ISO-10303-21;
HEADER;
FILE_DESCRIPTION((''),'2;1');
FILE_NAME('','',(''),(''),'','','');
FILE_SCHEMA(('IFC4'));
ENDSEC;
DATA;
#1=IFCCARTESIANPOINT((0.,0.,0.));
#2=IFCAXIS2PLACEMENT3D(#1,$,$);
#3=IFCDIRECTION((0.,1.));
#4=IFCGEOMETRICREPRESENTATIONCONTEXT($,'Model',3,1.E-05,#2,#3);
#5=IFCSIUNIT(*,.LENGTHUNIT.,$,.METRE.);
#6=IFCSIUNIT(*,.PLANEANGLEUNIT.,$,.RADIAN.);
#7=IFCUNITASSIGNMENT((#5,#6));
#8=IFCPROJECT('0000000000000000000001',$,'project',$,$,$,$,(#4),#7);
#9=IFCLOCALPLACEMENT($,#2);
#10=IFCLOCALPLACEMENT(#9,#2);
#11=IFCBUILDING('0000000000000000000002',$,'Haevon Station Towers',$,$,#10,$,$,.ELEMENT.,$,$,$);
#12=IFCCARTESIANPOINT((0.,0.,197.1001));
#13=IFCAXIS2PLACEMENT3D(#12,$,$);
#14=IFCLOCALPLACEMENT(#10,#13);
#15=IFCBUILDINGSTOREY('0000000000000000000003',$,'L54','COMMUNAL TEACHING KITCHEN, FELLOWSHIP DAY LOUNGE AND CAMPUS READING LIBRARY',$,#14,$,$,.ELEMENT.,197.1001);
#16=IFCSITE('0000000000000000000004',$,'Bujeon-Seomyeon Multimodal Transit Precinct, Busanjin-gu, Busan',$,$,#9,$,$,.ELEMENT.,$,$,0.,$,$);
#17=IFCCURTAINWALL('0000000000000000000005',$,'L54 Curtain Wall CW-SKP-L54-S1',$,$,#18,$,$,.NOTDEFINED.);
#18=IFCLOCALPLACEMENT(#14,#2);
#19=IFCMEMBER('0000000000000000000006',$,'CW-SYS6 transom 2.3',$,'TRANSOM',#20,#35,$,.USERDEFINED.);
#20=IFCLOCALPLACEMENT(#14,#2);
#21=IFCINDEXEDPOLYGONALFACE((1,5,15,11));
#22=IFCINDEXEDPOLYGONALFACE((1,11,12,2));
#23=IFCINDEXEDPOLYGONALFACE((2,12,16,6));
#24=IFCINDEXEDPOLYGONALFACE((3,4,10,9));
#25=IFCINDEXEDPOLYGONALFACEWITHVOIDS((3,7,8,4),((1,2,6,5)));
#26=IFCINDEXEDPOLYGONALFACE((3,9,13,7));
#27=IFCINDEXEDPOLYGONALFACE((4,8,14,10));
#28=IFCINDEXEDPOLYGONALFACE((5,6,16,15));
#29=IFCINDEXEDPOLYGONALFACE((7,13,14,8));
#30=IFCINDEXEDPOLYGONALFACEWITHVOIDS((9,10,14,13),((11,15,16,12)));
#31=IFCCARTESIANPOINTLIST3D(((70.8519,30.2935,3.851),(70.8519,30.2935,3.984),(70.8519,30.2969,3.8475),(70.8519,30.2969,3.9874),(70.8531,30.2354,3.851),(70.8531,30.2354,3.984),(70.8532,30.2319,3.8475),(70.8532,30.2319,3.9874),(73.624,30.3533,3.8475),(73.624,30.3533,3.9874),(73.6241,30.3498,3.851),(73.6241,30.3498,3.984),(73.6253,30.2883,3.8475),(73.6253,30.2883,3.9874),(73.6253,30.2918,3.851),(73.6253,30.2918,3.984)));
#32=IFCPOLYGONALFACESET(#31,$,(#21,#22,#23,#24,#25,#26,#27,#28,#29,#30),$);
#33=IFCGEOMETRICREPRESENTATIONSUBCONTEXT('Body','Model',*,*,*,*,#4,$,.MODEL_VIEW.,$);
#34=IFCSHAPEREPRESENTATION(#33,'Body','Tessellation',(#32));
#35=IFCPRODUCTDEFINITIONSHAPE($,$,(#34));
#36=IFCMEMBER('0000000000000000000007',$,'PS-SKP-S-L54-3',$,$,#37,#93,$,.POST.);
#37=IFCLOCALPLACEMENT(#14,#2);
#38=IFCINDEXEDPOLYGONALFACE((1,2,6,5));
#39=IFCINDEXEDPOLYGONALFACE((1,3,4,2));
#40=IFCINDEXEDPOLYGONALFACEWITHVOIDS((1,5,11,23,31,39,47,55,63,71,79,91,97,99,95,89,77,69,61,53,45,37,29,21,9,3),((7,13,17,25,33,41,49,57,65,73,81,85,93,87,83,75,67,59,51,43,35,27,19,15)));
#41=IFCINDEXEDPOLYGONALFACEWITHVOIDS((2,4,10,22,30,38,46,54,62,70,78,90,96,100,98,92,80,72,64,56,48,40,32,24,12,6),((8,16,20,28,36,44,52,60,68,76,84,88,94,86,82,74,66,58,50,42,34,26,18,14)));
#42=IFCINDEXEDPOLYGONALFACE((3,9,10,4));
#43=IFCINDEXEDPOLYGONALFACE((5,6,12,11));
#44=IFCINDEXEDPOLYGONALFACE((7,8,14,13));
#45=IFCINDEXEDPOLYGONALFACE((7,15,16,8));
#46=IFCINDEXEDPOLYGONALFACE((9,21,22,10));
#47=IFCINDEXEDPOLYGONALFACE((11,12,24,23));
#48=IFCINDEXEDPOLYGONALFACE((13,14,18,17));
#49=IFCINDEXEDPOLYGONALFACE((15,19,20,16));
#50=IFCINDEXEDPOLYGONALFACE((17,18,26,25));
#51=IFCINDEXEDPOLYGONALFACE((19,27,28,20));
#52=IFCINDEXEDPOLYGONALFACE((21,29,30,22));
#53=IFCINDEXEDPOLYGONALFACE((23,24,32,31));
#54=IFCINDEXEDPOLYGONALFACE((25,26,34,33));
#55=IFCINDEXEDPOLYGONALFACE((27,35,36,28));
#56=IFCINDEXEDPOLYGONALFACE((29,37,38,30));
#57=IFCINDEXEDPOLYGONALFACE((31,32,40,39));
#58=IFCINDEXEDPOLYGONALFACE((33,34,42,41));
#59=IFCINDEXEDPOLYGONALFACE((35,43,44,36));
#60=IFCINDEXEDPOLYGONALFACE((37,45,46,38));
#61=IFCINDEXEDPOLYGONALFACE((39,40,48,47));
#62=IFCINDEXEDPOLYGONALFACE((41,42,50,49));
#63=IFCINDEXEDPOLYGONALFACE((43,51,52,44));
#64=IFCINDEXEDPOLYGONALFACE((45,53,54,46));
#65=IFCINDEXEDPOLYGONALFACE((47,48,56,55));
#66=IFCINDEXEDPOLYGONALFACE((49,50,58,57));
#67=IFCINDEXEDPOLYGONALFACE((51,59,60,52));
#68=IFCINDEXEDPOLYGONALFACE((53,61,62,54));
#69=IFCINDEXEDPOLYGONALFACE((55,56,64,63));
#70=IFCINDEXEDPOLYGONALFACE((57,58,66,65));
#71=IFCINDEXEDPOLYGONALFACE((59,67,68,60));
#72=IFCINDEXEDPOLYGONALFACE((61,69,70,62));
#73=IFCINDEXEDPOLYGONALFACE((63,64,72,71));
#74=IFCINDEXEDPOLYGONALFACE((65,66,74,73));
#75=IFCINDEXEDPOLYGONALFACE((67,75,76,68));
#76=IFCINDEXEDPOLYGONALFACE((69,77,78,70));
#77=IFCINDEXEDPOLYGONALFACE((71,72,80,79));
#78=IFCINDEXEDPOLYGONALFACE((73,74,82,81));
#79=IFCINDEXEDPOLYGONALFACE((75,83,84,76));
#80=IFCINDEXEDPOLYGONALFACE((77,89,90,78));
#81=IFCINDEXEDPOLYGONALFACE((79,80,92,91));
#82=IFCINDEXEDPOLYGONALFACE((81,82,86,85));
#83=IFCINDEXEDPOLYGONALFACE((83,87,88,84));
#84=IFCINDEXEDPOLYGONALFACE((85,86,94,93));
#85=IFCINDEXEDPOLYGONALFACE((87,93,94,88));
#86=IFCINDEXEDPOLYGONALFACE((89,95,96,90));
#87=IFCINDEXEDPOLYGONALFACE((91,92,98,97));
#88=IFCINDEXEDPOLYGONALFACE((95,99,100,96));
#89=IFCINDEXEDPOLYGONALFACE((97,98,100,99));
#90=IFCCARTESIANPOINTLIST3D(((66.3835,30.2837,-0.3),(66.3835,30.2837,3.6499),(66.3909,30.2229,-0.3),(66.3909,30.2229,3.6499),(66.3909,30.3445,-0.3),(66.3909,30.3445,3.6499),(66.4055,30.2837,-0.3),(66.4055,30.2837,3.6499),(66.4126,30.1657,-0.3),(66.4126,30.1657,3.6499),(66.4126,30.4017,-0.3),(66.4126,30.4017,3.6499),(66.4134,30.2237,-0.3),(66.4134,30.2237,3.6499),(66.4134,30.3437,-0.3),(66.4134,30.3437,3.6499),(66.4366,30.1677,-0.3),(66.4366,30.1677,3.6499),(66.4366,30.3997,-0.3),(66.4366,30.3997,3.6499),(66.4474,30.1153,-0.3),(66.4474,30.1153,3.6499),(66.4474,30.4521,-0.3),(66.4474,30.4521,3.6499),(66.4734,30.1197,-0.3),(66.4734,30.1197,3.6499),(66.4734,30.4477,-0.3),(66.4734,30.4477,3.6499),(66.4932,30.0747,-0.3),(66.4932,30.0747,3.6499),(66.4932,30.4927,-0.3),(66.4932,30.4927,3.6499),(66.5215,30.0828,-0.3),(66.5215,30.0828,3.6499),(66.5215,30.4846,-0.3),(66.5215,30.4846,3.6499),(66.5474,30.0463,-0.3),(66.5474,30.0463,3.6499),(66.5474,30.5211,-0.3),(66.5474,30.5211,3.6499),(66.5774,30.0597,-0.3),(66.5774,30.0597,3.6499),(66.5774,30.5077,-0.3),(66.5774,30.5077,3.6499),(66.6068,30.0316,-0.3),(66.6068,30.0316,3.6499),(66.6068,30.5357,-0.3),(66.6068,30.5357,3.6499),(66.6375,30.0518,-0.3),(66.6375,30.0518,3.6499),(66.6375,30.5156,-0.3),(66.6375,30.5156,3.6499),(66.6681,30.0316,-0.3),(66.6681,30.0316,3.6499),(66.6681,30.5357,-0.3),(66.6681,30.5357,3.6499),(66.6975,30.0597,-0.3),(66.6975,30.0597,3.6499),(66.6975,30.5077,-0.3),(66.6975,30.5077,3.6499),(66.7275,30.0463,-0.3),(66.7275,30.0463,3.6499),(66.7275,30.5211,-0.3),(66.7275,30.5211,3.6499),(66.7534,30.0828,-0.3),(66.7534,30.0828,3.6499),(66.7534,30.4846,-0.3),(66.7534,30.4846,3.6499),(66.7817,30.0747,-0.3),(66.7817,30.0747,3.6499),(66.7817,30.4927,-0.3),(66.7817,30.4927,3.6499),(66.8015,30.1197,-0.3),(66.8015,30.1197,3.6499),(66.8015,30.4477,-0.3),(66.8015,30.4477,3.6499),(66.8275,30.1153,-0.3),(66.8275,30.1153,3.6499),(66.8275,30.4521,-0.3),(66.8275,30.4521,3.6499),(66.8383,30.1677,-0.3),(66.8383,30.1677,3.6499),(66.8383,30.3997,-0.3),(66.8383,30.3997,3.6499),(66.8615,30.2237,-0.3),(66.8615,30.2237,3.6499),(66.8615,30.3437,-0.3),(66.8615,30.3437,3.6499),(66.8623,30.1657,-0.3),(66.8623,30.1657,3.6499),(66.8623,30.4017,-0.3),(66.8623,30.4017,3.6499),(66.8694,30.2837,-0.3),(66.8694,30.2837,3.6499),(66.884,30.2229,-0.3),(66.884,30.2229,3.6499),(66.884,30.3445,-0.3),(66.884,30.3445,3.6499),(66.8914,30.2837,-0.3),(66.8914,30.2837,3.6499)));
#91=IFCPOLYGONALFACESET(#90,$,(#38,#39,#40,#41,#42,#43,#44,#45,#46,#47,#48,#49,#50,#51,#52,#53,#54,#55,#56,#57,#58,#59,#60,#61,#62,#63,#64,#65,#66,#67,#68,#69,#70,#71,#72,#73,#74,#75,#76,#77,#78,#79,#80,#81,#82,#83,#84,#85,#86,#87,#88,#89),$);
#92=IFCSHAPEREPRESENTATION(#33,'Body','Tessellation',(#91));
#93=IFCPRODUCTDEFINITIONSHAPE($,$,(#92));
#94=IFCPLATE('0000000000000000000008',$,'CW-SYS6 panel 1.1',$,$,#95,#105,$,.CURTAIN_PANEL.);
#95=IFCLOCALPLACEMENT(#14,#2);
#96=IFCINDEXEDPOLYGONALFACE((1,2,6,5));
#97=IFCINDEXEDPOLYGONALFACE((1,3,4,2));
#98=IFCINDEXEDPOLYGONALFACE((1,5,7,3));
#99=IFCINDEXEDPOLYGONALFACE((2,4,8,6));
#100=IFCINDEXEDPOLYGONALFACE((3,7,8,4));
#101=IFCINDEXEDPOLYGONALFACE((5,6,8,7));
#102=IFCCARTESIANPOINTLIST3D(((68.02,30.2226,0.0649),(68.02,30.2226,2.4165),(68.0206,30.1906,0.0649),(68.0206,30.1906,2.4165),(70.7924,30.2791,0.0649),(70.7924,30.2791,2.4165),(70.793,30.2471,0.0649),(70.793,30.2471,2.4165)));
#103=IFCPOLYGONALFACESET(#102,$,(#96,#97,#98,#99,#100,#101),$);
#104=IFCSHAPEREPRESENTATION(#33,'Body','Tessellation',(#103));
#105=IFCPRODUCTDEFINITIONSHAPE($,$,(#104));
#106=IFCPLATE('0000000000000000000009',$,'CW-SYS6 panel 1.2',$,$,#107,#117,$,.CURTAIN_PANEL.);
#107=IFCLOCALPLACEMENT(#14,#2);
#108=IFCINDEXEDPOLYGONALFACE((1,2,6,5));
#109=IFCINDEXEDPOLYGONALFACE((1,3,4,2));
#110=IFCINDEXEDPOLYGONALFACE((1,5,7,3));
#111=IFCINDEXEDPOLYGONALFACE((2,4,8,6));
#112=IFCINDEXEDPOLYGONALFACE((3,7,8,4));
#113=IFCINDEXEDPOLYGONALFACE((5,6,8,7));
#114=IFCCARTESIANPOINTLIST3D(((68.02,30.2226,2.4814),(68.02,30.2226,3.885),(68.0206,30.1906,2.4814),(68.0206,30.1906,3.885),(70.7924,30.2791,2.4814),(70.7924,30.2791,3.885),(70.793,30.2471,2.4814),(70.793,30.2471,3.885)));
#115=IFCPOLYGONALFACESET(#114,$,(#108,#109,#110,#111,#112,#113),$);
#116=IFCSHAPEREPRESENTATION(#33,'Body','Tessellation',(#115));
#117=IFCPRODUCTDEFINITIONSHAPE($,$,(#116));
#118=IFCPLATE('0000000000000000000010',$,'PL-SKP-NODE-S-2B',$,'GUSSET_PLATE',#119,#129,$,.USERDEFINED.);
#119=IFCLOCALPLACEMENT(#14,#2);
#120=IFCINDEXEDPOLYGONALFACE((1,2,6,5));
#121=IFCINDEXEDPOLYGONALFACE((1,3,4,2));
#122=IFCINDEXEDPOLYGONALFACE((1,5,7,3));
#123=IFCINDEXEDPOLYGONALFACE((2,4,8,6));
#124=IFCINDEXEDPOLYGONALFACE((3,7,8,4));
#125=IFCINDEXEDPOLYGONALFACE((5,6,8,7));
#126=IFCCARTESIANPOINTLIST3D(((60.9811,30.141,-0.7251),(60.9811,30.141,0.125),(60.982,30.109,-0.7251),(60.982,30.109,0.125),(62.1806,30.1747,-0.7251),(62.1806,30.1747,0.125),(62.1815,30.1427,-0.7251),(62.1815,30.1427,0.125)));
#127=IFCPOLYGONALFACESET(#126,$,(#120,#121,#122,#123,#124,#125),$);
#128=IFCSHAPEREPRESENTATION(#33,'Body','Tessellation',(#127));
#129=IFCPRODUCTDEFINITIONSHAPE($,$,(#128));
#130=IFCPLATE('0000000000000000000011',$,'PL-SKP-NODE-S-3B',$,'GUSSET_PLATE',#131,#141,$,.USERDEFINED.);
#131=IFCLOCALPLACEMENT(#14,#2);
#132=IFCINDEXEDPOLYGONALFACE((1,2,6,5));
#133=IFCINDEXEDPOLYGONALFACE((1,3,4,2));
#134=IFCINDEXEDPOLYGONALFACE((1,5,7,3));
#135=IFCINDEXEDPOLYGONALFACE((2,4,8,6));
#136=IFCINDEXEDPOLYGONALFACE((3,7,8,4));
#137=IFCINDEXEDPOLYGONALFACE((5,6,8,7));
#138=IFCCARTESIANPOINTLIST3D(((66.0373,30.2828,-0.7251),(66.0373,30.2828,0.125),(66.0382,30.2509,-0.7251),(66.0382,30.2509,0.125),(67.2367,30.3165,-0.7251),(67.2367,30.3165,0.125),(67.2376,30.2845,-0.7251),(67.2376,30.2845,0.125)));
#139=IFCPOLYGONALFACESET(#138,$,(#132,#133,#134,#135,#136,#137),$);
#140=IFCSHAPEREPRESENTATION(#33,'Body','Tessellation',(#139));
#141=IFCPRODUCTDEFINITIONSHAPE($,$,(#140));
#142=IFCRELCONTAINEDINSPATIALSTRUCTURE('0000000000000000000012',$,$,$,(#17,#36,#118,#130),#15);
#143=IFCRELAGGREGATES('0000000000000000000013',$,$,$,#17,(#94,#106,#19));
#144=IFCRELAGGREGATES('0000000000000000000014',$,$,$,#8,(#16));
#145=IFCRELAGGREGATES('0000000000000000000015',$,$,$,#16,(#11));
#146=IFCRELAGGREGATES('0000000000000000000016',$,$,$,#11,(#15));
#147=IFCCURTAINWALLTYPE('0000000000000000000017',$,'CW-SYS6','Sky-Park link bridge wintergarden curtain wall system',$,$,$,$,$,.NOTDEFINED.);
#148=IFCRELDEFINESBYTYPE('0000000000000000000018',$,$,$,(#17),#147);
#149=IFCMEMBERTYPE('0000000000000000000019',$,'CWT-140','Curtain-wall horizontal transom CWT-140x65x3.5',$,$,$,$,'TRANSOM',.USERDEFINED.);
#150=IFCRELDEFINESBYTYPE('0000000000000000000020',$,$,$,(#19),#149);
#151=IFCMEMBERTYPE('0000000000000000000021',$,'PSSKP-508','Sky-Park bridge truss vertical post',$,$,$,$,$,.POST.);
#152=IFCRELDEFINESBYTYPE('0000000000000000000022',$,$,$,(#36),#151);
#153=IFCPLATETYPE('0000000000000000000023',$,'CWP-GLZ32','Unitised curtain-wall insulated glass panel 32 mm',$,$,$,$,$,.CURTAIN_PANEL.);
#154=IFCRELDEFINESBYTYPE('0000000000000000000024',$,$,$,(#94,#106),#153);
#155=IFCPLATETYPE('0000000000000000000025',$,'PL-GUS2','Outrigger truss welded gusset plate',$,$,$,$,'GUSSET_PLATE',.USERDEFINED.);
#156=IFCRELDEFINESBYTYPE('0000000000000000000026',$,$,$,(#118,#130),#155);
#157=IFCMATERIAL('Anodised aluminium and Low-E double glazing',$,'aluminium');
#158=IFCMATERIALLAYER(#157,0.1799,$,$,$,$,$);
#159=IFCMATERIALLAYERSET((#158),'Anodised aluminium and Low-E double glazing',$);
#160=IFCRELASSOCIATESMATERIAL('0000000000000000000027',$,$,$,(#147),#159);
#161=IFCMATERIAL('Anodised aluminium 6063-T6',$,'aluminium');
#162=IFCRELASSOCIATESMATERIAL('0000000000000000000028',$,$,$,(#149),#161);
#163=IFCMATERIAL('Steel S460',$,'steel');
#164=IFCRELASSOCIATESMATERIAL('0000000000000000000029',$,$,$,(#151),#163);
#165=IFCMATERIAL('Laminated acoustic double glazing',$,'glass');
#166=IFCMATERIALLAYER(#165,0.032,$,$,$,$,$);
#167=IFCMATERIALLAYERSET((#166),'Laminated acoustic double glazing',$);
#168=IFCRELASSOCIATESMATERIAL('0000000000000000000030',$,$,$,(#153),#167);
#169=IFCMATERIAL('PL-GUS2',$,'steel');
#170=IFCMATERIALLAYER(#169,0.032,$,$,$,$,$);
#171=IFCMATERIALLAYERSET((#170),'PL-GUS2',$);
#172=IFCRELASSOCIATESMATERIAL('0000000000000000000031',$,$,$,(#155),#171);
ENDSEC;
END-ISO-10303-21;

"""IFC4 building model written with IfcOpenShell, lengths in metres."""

from ifc_helpers import new_model, si_unit, direction, frame, origin, origin_2d, place, context, subcontext, project, spatial, rectangle, hollow_rectangle, hollow_circle, extrude, material, layer, layer_set, material_profile, profile_set, type_object, element, aggregate, save


model = new_model("IFC4")

# Units and contexts
model_context = context("Model", 3, precision=1e-05, world=origin(), true_north=direction((0.0, 1.0)))
body_context = subcontext(model_context, "Body", "Model", "MODEL_VIEW")
ifc_project = project(units=[si_unit("LENGTHUNIT", "METRE"), si_unit("PLANEANGLEUNIT", "RADIAN")], contexts=[model_context])

# Site, building, storey
site_placement = place(None, origin())
site = spatial("IfcSite", under=ifc_project, at=site_placement, Name="Bujeon-Seomyeon Multimodal Transit Precinct, Busanjin-gu, Busan", CompositionType="ELEMENT", RefElevation=0.0)
building_placement = place(site_placement, origin())
building = spatial("IfcBuilding", under=site, at=building_placement, Name="Haevon Station Towers", CompositionType="ELEMENT")
storey_placement = place(building_placement, frame((0.0, 0.0, 197.1001)))
storey = spatial("IfcBuildingStorey", under=building, at=storey_placement, Name="L54", Description="COMMUNAL TEACHING KITCHEN, FELLOWSHIP DAY LOUNGE AND CAMPUS READING LIBRARY", CompositionType="ELEMENT", Elevation=197.1001)

# Shared definitions
ifc_material_1 = material(Name="Steel S460", Category="steel")

# Curtain wall, member
ifc_material_2 = material(Name="Anodised aluminium and Low-E double glazing", Category="aluminium")
ifc_layer_1 = layer(ifc_material_2, 0.1799)
ifc_layer_set_1 = layer_set([ifc_layer_1], Name="Anodised aluminium and Low-E double glazing")
curtain_wall_type = type_object("IfcCurtainWallType", Name="CW-SYS6", Description="Sky-Park link bridge wintergarden curtain wall system", PredefinedType="NOTDEFINED", material=ifc_layer_set_1)
curtain_wall_placement = place(storey_placement, origin())
curtain_wall = element("IfcCurtainWall", 1, at=curtain_wall_placement, inside=storey, type_object=curtain_wall_type, Name="L54 Curtain Wall CW-SKP-L54-S1", PredefinedType="NOTDEFINED")
ifc_material_3 = material(Name="Anodised aluminium 6063-T6", Category="aluminium")
ifc_material_profile_1 = material_profile(ifc_material_3, hollow_rectangle(XDim=0.0649, YDim=0.1399, WallThickness=0.0034, at=origin_2d()), Name="CWT-140x65x3.5")
ifc_profile_set_1 = profile_set([ifc_material_profile_1], Name="Anodised aluminium 6063-T6")
member_type_1 = type_object("IfcMemberType", Name="CWT-140", Description="Curtain-wall horizontal transom CWT-140x65x3.5", ElementType="TRANSOM", PredefinedType="USERDEFINED", material=ifc_profile_set_1)
member_1_placement = place(storey_placement, frame((70.8525, 30.2644, 3.9175), z_axis=(0.999793, 0.020339, 0.0), x_axis=(-0.020339, 0.999793, 0.0)))
member_1 = element("IfcMember", 2, at=member_1_placement, type_object=member_type_1, Name="CW-SYS6 transom 2.3", ObjectType="TRANSOM", PredefinedType="USERDEFINED", context=body_context, shape_type="SweptSolid", body=[
    extrude(hollow_rectangle(XDim=0.0649, YDim=0.1399, WallThickness=0.0034, at=origin_2d()), origin(), (0.0, 0.0, 1.0), 2.7727),
])

# Member
ifc_material_profile_2 = material_profile(ifc_material_1, hollow_circle(Radius=0.2539, WallThickness=0.022, at=origin_2d()), Name="CHS-508x22")
ifc_profile_set_2 = profile_set([ifc_material_profile_2], Name="Steel S460")
member_type_2 = type_object("IfcMemberType", Name="PSSKP-508", Description="Sky-Park bridge truss vertical post", PredefinedType="POST", material=ifc_profile_set_2)
member_2_placement = place(storey_placement, frame((66.6375, 30.2837, -0.3), z_axis=(0.0, 0.0, 1.0), x_axis=(1.0, 0.0, 0.0)))
element("IfcMember", 3, at=member_2_placement, inside=storey, type_object=member_type_2, Name="PS-SKP-S-L54-3", PredefinedType="POST", context=body_context, shape_type="SweptSolid", body=[
    extrude(hollow_circle(Radius=0.2539, WallThickness=0.022, at=origin_2d()), origin(), (0.0, 0.0, 1.0), 3.95),
])

# Plates
ifc_material_4 = material(Name="Laminated acoustic double glazing", Category="glass")
ifc_layer_2 = layer(ifc_material_4, 0.032)
ifc_layer_set_2 = layer_set([ifc_layer_2], Name="Laminated acoustic double glazing")
plate_type_1 = type_object("IfcPlateType", Name="CWP-GLZ32", Description="Unitised curtain-wall insulated glass panel 32 mm", PredefinedType="CURTAIN_PANEL", material=ifc_layer_set_2)
plate_1_placement = place(storey_placement, frame((69.4065, 30.2349, 0.0649), z_axis=(0.0, 0.0, 1.0), x_axis=(0.999792, 0.020374, 0.0)))
plate_1 = element("IfcPlate", 4, at=plate_1_placement, type_object=plate_type_1, Name="CW-SYS6 panel 1.1", PredefinedType="CURTAIN_PANEL", context=body_context, shape_type="SweptSolid", body=[
    extrude(rectangle(XDim=2.7729, YDim=0.032, at=origin_2d()), origin(), (0.0, 0.0, 1.0), 2.3516),
])
plate_2_placement = place(storey_placement, frame((69.4065, 30.2349, 2.4814), z_axis=(0.0, 0.0, 1.0), x_axis=(0.999792, 0.020374, 0.0)))
plate_2 = element("IfcPlate", 5, at=plate_2_placement, type_object=plate_type_1, Name="CW-SYS6 panel 1.2", PredefinedType="CURTAIN_PANEL", context=body_context, shape_type="SweptSolid", body=[
    extrude(rectangle(XDim=2.7729, YDim=0.032, at=origin_2d()), origin(), (0.0, 0.0, 1.0), 1.4036),
])
aggregate(curtain_wall, [plate_1, plate_2, member_1])

# Plates
ifc_material_5 = material(Name="PL-GUS2", Category="steel")
ifc_layer_3 = layer(ifc_material_5, 0.032)
ifc_layer_set_3 = layer_set([ifc_layer_3], Name="PL-GUS2")
plate_type_2 = type_object("IfcPlateType", Name="PL-GUS2", Description="Outrigger truss welded gusset plate", ElementType="GUSSET_PLATE", PredefinedType="USERDEFINED", material=ifc_layer_set_3)
for number, where, z_axis, x_axis, name in (
    (6, (61.5813, 30.1418, -0.7251), (0.0, 0.0, 1.0), (0.999607, 0.028049, 0.0), "PL-SKP-NODE-S-2B"),
    (7, (66.6375, 30.2837, -0.7251), (0.0, 0.0, 1.0), (0.999607, 0.028049, 0.0), "PL-SKP-NODE-S-3B"),
):
    element("IfcPlate", number, at=place(storey_placement, frame(where, z_axis=z_axis, x_axis=x_axis)), inside=storey, type_object=plate_type_2, Name=name, ObjectType="GUSSET_PLATE", PredefinedType="USERDEFINED", context=body_context, shape_type="SweptSolid", body=[
        extrude(rectangle(XDim=1.2, YDim=0.032, at=origin_2d()), origin(), (0.0, 0.0, 1.0), 0.8501),
    ])

save(model, "model.ifc")
